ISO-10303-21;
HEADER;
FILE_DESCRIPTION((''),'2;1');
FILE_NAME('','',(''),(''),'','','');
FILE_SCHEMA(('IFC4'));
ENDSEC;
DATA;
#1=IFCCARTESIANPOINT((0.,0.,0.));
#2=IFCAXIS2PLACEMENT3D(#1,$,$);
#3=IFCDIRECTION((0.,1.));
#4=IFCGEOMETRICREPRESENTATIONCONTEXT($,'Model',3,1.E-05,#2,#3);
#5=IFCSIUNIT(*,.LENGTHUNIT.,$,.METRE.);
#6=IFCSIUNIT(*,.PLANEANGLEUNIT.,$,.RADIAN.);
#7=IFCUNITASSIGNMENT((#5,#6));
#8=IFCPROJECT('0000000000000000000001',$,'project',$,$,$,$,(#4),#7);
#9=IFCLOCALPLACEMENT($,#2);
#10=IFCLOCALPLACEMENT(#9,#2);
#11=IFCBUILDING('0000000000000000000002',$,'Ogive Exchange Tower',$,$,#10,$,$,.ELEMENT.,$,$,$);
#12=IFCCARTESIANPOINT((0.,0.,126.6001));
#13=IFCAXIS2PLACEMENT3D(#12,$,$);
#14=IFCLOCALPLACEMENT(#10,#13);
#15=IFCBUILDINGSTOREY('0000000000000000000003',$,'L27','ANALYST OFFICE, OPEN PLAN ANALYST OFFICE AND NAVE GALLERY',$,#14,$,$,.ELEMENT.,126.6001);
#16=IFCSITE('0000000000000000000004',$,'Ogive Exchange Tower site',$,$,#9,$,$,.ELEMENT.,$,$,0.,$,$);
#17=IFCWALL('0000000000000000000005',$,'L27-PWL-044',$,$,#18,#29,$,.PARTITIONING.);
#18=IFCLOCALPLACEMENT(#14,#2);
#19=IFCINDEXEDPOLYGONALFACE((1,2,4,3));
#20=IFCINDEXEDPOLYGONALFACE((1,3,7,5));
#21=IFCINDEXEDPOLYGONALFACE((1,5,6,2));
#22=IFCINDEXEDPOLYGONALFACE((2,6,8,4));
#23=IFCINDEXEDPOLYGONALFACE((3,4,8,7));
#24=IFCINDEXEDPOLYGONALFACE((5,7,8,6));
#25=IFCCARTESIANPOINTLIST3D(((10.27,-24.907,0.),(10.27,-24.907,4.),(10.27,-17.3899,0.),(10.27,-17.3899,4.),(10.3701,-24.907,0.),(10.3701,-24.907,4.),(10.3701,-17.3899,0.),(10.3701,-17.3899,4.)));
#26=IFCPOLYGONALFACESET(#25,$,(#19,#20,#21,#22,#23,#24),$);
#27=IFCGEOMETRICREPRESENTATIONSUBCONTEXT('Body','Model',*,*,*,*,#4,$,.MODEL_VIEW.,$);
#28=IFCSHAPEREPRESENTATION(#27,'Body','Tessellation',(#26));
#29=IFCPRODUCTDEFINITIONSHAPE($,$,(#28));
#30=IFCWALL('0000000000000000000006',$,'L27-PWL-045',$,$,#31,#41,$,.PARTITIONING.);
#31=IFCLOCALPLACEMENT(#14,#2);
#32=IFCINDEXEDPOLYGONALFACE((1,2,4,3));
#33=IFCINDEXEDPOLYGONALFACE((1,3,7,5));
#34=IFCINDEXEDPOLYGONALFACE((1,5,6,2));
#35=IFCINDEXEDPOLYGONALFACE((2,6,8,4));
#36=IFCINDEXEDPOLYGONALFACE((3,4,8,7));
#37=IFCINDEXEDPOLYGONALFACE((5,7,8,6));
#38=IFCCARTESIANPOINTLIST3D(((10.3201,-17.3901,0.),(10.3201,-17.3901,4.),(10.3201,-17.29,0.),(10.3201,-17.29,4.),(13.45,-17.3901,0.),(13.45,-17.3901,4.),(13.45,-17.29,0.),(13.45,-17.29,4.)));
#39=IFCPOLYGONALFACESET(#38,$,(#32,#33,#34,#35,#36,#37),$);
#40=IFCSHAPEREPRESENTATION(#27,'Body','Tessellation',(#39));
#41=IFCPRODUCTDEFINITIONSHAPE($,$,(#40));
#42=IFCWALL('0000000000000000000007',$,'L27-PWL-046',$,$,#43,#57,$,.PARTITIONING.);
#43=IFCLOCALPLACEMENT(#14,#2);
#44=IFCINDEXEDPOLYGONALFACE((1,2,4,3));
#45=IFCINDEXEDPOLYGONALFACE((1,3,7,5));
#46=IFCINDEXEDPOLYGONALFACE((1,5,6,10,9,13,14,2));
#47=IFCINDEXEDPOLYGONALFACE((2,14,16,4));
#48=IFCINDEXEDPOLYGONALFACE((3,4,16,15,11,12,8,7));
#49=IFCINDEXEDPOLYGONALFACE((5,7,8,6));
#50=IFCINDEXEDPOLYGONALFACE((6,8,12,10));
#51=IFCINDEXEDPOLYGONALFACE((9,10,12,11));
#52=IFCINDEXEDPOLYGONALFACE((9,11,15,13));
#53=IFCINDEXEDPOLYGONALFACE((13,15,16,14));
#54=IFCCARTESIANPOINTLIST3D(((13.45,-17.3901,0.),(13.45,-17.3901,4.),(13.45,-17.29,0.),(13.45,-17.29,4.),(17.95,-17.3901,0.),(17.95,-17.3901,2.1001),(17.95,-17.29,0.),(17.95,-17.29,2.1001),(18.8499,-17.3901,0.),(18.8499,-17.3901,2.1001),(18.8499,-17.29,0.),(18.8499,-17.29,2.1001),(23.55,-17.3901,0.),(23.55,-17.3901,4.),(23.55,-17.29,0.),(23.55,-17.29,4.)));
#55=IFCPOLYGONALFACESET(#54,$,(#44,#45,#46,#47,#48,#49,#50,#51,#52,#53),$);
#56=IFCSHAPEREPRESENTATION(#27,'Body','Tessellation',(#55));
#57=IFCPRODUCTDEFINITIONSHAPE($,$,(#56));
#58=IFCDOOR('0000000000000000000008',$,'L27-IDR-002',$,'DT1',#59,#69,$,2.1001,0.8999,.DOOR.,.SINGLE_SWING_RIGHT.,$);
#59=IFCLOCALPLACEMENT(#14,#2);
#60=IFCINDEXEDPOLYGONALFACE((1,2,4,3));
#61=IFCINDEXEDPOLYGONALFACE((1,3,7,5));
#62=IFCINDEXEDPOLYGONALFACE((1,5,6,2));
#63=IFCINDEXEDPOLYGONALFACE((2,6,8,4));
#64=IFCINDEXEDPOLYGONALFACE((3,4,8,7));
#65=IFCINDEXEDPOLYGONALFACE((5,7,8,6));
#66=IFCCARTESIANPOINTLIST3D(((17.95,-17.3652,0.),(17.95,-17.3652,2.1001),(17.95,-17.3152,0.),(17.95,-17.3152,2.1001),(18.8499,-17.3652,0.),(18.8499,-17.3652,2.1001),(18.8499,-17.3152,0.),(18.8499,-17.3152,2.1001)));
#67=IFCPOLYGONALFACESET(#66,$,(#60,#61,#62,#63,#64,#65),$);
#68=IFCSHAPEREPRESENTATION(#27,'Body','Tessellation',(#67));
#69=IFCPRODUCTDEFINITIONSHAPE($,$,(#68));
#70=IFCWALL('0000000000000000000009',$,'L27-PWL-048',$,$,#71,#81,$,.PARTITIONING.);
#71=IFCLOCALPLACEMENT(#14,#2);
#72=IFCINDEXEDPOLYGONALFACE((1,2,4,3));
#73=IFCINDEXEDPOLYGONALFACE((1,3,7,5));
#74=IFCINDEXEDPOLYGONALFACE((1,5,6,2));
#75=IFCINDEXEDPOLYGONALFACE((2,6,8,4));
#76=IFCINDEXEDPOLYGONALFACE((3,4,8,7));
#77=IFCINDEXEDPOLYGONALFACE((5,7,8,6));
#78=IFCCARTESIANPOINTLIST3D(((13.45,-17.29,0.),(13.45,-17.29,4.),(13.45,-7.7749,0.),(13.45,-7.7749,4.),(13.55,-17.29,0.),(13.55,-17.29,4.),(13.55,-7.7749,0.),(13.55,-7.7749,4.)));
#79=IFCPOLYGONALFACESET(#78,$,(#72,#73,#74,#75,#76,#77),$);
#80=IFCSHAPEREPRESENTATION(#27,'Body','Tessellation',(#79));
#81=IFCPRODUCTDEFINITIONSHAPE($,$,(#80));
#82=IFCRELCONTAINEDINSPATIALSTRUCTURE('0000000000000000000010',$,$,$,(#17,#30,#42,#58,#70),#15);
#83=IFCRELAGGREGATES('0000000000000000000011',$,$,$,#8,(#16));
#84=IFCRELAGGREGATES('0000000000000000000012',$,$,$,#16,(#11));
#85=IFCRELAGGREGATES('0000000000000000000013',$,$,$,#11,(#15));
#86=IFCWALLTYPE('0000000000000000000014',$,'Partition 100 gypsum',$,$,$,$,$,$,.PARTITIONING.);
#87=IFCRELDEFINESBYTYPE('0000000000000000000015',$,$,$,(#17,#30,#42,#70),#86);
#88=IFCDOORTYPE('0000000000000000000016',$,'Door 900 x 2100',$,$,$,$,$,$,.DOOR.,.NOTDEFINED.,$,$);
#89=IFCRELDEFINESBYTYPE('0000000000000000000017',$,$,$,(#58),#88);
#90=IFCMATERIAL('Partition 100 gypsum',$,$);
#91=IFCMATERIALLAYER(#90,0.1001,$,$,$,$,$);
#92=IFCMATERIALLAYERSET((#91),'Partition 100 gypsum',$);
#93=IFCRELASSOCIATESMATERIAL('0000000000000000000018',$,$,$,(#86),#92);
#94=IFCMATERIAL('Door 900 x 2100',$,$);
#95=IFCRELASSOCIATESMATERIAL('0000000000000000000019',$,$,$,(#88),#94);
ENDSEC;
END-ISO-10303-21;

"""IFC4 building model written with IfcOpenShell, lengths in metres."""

from ifc_helpers import new_model, si_unit, direction, frame, frame_2d, origin, place, context, subcontext, project, spatial, rectangle, extrude, material, layer, layer_set, type_object, element, fill, save


model = new_model("IFC4")

# Units and contexts
model_context = context("Model", 3, precision=1e-05, world=origin(), true_north=direction((0.0, 1.0)))
body_context = subcontext(model_context, "Body", "Model", "MODEL_VIEW")
ifc_project = project(units=[si_unit("LENGTHUNIT", "METRE"), si_unit("PLANEANGLEUNIT", "RADIAN")], contexts=[model_context])

# Site, building, storey
site_placement = place(None, origin())
site = spatial("IfcSite", under=ifc_project, at=site_placement, Name="Ogive Exchange Tower site", CompositionType="ELEMENT", RefElevation=0.0)
building_placement = place(site_placement, origin())
building = spatial("IfcBuilding", under=site, at=building_placement, Name="Ogive Exchange Tower", CompositionType="ELEMENT")
storey_placement = place(building_placement, frame((0.0, 0.0, 126.6001)))
storey = spatial("IfcBuildingStorey", under=building, at=storey_placement, Name="L27", Description="ANALYST OFFICE, OPEN PLAN ANALYST OFFICE AND NAVE GALLERY", CompositionType="ELEMENT", Elevation=126.6001)

# Walls
ifc_material_1 = material(Name="Partition 100 gypsum")
ifc_layer_1 = layer(ifc_material_1, 0.1001)
ifc_layer_set_1 = layer_set([ifc_layer_1], Name="Partition 100 gypsum")
wall_type_1 = type_object("IfcWallType", Name="Partition 100 gypsum", PredefinedType="PARTITIONING", material=ifc_layer_set_1)
wall_1_placement = place(storey_placement, frame((10.3201, -17.3899, 0.0), z_axis=(0.0, 0.0, 1.0), x_axis=(0.0, -1.0, 0.0)))
element("IfcWall", 1, at=wall_1_placement, inside=storey, type_object=wall_type_1, Name="L27-PWL-044", PredefinedType="PARTITIONING", context=body_context, shape_type="SweptSolid", body=[
    extrude(rectangle(XDim=7.5171, YDim=0.1001, at=frame_2d((3.7585, 0.0))), origin(), (0.0, 0.0, 1.0), 4.0),
])
wall_2_placement = place(storey_placement, frame((10.3201, -17.3401, 0.0), z_axis=(0.0, 0.0, 1.0), x_axis=(1.0, 0.0, 0.0)))
element("IfcWall", 2, at=wall_2_placement, inside=storey, type_object=wall_type_1, Name="L27-PWL-045", PredefinedType="PARTITIONING", context=body_context, shape_type="SweptSolid", body=[
    extrude(rectangle(XDim=3.1299, YDim=0.1001, at=frame_2d((1.5649, 0.0))), origin(), (0.0, 0.0, 1.0), 4.0),
])

# Wall, opening, door
wall_3_placement = place(storey_placement, frame((13.45, -17.3401, 0.0), z_axis=(0.0, 0.0, 1.0), x_axis=(1.0, 0.0, 0.0)))
wall_3 = element("IfcWall", 3, at=wall_3_placement, inside=storey, type_object=wall_type_1, Name="L27-PWL-046", PredefinedType="PARTITIONING", context=body_context, shape_type="SweptSolid", body=[
    extrude(rectangle(XDim=10.1001, YDim=0.1001, at=frame_2d((5.05, 0.0))), origin(), (0.0, 0.0, 1.0), 4.0),
])
opening_placement = place(wall_3_placement, frame((4.5, 0.0, 0.0)))
opening = element("IfcOpeningElement", 4, at=opening_placement, cuts=wall_3, PredefinedType="OPENING", context=body_context, shape_type="SweptSolid", body=[
    extrude(rectangle(XDim=0.8999, YDim=2.1001, at=frame_2d((0.45, 1.05))), frame((0.0, 0.0601, 0.0), z_axis=(0.0, -1.0, 0.0), x_axis=(1.0, 0.0, 0.0)), (0.0, 0.0, 1.0), 0.1201),
])
ifc_material_2 = material(Name="Door 900 x 2100")
door_type = type_object("IfcDoorType", Name="Door 900 x 2100", OperationType="NOTDEFINED", PredefinedType="DOOR", material=ifc_material_2)
door_placement = place(opening_placement, origin())
door = element("IfcDoor", 5, at=door_placement, inside=storey, type_object=door_type, Name="L27-IDR-002", ObjectType="DT1", OperationType="SINGLE_SWING_RIGHT", OverallHeight=2.1001, OverallWidth=0.8999, PredefinedType="DOOR", context=body_context, shape_type="SweptSolid", body=[
    extrude(rectangle(XDim=0.8999, YDim=2.1001, at=frame_2d((0.45, 1.05))), frame((0.0, 0.0249, 0.0), z_axis=(0.0, -1.0, 0.0), x_axis=(1.0, 0.0, 0.0)), (0.0, 0.0, 1.0), 0.05),
])
fill(opening, door)

# Wall
wall_4_placement = place(storey_placement, frame((13.5, -7.7749, 0.0), z_axis=(0.0, 0.0, 1.0), x_axis=(0.0, -1.0, 0.0)))
element("IfcWall", 6, at=wall_4_placement, inside=storey, type_object=wall_type_1, Name="L27-PWL-048", PredefinedType="PARTITIONING", context=body_context, shape_type="SweptSolid", body=[
    extrude(rectangle(XDim=9.5151, YDim=0.1001, at=frame_2d((4.7576, 0.0))), origin(), (0.0, 0.0, 1.0), 4.0),
])

save(model, "model.ifc")
